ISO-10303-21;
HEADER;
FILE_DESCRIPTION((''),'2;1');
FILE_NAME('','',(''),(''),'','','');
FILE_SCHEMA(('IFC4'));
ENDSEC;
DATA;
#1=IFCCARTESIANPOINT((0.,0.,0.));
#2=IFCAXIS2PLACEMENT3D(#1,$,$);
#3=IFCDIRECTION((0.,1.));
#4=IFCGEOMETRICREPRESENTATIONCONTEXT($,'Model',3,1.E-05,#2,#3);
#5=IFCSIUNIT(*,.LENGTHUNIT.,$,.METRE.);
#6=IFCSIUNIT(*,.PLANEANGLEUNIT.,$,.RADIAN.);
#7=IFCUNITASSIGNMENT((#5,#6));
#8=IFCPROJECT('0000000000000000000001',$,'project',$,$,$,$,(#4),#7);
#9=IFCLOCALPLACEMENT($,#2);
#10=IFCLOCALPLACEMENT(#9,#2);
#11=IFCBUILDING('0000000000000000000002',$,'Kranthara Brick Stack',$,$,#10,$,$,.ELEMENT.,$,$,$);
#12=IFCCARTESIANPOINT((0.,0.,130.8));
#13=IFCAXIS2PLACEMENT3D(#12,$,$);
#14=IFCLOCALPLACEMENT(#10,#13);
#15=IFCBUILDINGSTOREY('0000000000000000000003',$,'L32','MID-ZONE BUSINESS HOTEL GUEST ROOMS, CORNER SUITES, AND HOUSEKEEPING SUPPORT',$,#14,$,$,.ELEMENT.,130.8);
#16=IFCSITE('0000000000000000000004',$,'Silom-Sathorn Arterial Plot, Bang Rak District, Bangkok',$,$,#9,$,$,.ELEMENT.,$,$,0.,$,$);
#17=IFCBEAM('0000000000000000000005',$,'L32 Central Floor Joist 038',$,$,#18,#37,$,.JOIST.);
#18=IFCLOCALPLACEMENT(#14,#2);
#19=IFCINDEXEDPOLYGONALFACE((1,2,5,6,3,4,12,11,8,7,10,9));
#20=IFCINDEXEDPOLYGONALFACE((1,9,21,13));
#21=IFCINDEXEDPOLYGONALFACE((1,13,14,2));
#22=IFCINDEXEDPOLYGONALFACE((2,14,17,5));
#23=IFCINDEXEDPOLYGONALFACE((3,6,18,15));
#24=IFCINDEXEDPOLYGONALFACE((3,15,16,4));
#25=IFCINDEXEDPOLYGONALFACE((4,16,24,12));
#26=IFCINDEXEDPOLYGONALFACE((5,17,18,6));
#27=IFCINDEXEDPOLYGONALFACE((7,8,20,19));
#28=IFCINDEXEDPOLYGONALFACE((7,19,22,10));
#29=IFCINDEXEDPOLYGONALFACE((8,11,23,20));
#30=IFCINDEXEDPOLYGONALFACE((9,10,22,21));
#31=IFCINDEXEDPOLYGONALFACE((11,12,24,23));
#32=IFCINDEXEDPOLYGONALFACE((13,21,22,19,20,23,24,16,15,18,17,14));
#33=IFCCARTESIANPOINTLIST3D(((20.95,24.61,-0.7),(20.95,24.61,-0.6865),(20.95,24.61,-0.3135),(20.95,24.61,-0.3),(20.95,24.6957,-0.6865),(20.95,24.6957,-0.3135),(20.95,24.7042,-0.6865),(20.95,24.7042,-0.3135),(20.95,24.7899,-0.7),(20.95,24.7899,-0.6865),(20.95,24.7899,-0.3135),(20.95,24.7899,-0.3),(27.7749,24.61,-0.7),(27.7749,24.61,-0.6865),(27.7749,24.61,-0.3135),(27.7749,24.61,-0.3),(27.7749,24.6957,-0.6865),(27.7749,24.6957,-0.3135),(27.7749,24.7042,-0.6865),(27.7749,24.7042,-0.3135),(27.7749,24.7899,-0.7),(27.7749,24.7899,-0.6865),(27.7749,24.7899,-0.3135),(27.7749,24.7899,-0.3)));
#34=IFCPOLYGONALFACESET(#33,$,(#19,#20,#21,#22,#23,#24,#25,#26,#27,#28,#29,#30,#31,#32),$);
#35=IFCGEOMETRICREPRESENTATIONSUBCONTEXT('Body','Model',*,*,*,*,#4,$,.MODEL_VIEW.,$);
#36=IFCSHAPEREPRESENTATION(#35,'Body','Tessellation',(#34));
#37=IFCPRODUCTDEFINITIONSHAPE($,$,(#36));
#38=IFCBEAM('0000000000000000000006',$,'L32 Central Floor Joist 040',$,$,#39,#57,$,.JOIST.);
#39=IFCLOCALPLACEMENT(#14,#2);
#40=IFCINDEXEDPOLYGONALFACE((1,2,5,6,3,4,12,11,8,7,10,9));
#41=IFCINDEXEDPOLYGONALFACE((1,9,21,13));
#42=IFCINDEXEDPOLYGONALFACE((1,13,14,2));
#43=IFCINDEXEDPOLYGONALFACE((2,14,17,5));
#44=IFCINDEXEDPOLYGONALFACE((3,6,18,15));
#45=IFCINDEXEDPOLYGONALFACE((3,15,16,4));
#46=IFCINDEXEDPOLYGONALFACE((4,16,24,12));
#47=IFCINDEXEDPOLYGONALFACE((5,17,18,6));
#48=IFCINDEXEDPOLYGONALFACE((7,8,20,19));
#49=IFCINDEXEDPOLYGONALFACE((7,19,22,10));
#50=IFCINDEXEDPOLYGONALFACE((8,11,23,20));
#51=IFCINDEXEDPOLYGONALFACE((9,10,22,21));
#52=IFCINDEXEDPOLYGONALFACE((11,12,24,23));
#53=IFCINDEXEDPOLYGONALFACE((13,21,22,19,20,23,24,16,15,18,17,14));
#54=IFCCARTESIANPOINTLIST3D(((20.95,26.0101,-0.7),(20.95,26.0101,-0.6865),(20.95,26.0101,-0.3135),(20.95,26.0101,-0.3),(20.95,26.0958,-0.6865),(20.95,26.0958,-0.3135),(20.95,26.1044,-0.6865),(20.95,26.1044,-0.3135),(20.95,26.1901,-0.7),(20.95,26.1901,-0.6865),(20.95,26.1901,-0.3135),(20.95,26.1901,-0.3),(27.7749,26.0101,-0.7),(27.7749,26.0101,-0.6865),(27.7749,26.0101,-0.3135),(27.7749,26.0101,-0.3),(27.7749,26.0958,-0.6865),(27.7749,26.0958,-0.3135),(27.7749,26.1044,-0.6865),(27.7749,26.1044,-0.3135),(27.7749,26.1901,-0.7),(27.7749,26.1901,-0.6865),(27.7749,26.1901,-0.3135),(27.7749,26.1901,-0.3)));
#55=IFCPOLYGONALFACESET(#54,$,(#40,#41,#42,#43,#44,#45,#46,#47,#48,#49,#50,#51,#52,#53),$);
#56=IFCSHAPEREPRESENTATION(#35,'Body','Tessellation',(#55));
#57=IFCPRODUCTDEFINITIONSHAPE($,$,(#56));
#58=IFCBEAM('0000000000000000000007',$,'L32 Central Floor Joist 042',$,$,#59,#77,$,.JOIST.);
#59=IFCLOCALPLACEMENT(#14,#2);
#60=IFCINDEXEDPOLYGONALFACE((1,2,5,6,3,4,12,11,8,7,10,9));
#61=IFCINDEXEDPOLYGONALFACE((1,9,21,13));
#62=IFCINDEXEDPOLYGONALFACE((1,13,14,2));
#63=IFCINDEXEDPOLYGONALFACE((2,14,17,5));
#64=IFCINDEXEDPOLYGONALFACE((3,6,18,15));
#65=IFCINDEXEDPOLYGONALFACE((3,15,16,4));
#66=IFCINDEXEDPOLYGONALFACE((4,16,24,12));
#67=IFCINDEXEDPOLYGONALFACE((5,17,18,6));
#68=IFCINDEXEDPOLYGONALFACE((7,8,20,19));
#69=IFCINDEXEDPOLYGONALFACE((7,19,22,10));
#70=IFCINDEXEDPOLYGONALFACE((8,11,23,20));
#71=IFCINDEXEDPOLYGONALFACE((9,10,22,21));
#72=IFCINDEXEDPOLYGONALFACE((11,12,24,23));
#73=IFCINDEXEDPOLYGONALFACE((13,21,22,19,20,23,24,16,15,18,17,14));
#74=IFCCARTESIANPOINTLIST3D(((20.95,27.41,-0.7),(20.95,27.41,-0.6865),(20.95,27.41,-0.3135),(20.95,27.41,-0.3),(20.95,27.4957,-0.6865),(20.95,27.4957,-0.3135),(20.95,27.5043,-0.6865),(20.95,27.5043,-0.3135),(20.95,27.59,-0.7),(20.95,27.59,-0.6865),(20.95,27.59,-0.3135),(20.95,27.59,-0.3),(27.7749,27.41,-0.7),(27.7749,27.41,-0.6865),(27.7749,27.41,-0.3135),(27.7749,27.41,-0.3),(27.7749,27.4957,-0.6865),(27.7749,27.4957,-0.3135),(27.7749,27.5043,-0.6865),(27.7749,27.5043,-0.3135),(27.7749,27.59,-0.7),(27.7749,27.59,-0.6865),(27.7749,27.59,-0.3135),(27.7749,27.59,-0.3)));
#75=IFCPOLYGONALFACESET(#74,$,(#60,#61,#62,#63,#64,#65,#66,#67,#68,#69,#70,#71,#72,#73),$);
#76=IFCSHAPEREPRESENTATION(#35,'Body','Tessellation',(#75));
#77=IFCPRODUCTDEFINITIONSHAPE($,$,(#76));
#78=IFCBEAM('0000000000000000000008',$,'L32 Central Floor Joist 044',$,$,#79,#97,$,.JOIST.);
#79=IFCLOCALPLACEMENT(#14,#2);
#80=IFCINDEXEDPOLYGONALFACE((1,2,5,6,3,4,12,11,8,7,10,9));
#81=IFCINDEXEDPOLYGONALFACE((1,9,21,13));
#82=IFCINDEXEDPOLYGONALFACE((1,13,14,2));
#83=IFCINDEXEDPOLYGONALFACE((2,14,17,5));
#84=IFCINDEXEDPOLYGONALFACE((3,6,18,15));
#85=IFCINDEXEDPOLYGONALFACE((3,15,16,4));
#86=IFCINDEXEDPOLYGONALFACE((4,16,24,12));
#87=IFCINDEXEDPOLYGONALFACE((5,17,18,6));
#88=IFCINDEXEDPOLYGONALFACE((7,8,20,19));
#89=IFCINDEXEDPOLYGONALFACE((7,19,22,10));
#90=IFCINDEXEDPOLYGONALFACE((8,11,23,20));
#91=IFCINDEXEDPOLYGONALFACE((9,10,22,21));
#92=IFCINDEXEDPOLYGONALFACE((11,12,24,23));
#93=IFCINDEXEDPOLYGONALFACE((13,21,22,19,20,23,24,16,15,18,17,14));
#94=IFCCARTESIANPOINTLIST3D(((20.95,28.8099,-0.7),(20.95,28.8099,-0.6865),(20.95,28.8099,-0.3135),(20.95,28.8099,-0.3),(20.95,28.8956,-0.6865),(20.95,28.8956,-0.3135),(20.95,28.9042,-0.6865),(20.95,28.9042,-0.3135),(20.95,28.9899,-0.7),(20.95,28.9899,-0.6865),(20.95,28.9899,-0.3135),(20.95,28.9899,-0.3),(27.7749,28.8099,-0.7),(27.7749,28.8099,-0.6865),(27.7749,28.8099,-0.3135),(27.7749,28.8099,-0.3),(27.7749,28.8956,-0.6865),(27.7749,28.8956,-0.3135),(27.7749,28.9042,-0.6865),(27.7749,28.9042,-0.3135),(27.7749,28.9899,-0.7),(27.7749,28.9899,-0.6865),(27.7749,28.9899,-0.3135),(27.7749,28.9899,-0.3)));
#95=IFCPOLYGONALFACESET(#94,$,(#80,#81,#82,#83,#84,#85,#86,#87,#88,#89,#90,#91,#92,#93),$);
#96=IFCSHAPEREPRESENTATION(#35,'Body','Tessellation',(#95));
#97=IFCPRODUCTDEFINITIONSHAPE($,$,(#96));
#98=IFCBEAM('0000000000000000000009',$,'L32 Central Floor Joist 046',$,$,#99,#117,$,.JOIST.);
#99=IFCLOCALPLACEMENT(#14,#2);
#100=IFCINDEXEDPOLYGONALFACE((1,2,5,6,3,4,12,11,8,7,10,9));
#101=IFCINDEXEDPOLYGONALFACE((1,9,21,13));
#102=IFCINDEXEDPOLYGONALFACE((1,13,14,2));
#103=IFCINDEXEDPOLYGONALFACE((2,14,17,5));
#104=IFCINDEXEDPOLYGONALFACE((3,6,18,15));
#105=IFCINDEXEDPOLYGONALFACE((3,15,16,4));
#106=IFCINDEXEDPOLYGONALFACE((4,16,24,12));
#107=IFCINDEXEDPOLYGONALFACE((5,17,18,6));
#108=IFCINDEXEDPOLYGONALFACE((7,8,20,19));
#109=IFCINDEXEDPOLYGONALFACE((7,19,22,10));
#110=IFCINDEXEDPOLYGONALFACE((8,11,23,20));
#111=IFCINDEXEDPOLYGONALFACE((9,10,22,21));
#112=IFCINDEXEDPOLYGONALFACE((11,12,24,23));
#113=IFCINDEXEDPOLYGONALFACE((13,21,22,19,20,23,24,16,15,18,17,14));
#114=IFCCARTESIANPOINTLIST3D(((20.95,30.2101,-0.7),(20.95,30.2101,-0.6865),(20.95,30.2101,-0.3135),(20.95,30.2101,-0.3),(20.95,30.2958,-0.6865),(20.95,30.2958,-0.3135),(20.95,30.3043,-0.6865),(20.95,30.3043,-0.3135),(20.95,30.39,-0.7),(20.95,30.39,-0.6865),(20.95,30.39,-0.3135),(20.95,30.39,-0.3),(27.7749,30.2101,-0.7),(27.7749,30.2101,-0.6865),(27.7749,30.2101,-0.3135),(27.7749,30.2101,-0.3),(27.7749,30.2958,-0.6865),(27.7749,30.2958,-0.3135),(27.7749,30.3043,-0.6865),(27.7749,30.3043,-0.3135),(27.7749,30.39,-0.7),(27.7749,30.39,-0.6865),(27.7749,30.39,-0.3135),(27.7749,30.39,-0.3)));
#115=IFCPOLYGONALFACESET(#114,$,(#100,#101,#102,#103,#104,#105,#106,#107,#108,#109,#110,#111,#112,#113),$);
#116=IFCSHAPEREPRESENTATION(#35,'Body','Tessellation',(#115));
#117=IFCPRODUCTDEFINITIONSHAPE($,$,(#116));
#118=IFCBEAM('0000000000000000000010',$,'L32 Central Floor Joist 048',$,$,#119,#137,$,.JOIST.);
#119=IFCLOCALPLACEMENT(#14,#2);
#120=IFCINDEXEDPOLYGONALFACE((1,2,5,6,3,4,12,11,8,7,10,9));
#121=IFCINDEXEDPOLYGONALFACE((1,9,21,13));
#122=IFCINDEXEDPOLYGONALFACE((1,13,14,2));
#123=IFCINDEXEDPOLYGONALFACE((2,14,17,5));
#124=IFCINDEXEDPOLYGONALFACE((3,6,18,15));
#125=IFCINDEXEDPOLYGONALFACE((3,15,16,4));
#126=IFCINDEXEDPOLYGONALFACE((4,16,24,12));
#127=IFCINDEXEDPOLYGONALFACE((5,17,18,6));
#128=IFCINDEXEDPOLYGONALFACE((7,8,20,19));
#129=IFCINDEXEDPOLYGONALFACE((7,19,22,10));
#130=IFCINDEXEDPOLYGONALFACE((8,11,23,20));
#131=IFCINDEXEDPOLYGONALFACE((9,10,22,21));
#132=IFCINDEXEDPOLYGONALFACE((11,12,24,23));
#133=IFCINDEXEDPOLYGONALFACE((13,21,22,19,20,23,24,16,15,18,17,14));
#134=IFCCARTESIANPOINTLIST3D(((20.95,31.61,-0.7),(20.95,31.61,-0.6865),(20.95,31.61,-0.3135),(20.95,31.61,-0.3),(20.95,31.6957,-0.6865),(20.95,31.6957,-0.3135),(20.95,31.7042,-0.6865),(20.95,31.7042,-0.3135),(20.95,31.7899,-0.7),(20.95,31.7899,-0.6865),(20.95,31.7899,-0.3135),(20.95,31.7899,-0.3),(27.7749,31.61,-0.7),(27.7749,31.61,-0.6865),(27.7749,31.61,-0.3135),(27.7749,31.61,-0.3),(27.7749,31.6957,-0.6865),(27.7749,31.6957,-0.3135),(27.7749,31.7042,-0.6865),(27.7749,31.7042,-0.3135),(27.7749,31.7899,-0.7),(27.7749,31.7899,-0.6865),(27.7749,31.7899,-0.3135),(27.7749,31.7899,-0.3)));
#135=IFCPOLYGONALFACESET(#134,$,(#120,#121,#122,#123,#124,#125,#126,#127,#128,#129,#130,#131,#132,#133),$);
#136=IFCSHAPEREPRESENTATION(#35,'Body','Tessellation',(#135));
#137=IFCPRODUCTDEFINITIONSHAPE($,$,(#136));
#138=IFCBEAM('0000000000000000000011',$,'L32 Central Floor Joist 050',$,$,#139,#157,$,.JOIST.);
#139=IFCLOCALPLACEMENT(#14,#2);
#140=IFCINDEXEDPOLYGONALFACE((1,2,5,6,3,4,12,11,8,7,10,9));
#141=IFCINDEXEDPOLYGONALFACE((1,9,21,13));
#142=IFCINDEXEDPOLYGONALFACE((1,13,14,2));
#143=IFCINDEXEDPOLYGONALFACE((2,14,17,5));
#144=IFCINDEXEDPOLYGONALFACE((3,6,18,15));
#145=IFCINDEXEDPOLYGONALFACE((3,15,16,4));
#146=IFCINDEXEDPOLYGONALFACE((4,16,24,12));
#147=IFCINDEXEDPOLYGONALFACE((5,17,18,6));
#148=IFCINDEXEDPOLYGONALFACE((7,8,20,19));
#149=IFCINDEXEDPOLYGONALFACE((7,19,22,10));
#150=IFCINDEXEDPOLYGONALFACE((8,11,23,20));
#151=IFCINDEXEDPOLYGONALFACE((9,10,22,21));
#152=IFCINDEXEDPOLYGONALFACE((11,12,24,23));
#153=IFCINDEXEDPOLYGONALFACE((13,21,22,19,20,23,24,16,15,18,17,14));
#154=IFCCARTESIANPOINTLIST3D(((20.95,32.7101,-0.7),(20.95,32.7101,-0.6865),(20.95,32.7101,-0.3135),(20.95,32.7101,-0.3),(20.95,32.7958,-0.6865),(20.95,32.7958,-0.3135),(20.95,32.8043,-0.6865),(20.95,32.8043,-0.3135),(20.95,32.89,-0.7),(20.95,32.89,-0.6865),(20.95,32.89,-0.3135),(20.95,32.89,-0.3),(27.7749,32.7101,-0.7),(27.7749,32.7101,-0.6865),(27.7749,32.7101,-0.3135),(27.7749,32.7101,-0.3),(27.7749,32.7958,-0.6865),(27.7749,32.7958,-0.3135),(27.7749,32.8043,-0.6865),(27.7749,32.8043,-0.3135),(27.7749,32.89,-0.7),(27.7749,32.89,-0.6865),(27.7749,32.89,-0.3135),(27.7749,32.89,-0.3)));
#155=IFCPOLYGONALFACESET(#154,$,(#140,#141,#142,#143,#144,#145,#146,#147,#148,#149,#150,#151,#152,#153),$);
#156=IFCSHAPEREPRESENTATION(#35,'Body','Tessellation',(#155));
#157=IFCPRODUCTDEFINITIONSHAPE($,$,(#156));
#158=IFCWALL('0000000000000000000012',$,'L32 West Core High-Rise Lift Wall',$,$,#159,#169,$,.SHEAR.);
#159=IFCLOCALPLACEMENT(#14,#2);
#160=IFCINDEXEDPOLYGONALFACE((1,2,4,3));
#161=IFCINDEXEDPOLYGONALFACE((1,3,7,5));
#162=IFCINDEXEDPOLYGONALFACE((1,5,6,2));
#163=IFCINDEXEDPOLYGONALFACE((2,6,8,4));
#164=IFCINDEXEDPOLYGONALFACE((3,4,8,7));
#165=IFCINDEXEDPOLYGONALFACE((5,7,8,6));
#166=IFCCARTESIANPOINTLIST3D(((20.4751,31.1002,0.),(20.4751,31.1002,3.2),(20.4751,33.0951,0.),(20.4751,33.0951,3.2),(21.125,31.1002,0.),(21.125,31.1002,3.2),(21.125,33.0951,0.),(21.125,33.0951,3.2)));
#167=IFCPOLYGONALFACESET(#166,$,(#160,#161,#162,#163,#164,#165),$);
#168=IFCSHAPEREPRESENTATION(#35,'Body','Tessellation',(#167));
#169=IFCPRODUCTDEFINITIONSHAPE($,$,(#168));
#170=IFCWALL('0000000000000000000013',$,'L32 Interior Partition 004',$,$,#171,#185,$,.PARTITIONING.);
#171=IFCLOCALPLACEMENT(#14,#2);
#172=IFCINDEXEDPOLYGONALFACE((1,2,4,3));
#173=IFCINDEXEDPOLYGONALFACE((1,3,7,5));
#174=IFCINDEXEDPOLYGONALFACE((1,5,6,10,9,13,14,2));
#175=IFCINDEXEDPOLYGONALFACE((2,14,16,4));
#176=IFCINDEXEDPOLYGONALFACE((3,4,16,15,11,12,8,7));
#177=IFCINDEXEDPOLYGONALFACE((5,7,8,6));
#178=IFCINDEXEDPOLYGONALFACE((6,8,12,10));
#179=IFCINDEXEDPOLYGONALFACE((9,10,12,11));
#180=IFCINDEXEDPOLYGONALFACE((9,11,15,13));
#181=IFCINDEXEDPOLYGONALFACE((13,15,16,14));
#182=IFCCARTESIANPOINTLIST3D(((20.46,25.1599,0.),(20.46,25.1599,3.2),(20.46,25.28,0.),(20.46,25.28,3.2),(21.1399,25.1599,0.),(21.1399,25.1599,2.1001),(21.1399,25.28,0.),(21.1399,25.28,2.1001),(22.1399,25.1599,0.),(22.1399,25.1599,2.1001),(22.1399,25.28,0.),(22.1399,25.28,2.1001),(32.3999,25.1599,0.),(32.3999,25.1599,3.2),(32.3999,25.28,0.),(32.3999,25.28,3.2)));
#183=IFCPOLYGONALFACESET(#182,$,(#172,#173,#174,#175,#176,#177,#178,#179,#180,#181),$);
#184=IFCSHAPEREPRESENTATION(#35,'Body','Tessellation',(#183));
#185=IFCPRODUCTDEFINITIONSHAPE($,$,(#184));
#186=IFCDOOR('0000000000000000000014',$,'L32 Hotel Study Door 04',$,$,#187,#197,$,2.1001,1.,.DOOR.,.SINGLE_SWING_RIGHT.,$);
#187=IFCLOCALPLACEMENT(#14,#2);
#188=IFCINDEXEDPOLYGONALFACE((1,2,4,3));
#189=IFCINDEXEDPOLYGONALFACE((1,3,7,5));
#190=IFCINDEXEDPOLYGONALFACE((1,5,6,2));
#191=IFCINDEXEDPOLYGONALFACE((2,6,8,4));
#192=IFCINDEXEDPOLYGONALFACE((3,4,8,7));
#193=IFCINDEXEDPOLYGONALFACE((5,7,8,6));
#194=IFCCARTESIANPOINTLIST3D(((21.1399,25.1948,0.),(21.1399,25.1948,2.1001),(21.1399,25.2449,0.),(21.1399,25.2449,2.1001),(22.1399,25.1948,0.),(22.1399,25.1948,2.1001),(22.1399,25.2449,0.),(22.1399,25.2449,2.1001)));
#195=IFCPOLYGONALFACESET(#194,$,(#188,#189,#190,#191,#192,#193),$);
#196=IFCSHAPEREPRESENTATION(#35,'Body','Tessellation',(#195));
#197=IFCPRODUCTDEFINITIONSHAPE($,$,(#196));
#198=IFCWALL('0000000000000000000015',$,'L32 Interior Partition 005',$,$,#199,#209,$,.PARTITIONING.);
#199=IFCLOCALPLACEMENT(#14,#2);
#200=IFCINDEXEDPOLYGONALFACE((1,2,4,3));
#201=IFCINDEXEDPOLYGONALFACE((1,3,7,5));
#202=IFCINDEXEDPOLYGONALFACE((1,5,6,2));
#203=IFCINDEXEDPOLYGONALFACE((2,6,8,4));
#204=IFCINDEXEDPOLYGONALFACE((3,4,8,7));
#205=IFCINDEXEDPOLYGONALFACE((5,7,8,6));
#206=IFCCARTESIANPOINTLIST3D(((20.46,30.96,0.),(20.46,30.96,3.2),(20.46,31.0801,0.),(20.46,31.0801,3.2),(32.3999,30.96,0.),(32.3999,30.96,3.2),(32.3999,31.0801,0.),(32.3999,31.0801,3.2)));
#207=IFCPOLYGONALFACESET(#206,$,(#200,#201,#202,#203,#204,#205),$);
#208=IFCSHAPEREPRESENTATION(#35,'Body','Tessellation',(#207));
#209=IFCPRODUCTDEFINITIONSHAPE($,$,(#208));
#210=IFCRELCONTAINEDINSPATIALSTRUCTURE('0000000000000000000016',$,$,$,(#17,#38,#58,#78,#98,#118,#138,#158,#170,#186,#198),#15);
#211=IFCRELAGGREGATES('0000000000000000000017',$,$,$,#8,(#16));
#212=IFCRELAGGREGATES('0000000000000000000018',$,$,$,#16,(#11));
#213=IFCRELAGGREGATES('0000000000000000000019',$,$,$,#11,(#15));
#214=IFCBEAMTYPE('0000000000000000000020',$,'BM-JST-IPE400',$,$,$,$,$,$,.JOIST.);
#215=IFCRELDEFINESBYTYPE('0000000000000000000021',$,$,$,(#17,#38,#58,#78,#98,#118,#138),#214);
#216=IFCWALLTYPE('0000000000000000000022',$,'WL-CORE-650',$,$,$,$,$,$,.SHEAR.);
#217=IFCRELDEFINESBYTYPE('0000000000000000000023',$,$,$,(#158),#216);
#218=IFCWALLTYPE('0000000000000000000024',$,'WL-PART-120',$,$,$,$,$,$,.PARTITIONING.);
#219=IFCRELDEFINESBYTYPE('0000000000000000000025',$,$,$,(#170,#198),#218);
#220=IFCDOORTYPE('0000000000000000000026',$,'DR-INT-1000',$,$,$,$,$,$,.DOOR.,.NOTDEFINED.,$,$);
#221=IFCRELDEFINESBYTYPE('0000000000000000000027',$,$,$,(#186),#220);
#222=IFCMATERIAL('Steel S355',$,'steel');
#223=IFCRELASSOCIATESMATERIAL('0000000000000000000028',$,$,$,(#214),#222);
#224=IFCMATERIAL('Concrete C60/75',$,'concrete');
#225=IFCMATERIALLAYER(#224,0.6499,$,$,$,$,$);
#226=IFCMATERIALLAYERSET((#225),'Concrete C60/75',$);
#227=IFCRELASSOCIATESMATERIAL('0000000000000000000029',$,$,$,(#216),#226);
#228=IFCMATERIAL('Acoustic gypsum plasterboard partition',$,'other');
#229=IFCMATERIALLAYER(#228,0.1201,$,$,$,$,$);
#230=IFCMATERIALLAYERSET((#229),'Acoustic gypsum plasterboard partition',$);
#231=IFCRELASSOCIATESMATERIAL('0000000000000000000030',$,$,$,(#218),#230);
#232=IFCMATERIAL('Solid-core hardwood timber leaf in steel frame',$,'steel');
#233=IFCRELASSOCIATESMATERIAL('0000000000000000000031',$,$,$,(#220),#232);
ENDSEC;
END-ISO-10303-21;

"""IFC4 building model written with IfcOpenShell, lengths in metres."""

from ifc_helpers import new_model, si_unit, direction, frame, frame_2d, origin, origin_2d, place, context, subcontext, project, spatial, rectangle, i_section, extrude, material, layer, layer_set, material_profile, profile_set, type_object, element, fill, save


model = new_model("IFC4")

# Units and contexts
model_context = context("Model", 3, precision=1e-05, world=origin(), true_north=direction((0.0, 1.0)))
body_context = subcontext(model_context, "Body", "Model", "MODEL_VIEW")
ifc_project = project(units=[si_unit("LENGTHUNIT", "METRE"), si_unit("PLANEANGLEUNIT", "RADIAN")], contexts=[model_context])

# Site, building, storey
site_placement = place(None, origin())
site = spatial("IfcSite", under=ifc_project, at=site_placement, Name="Silom-Sathorn Arterial Plot, Bang Rak District, Bangkok", CompositionType="ELEMENT", RefElevation=0.0)
building_placement = place(site_placement, origin())
building = spatial("IfcBuilding", under=site, at=building_placement, Name="Kranthara Brick Stack", CompositionType="ELEMENT")
storey_placement = place(building_placement, frame((0.0, 0.0, 130.8)))
storey = spatial("IfcBuildingStorey", under=building, at=storey_placement, Name="L32", Description="MID-ZONE BUSINESS HOTEL GUEST ROOMS, CORNER SUITES, AND HOUSEKEEPING SUPPORT", CompositionType="ELEMENT", Elevation=130.8)

# Beams
ifc_material_1 = material(Name="Steel S355", Category="steel")
ifc_material_profile = material_profile(ifc_material_1, i_section(OverallWidth=0.1799, OverallDepth=0.3999, WebThickness=0.0085, FlangeThickness=0.0134, at=origin_2d()), Name="IPE 400")
ifc_profile_set = profile_set([ifc_material_profile], Name="Steel S355")
beam_type = type_object("IfcBeamType", Name="BM-JST-IPE400", PredefinedType="JOIST", material=ifc_profile_set)
for number, where, z_axis, x_axis, name in (
    (1, (20.95, 24.7, -0.5), (1.0, 0.0, 0.0), (0.0, 1.0, 0.0), "L32 Central Floor Joist 038"),
    (2, (20.95, 26.1001, -0.5), (1.0, 0.0, 0.0), (0.0, 1.0, 0.0), "L32 Central Floor Joist 040"),
    (3, (20.95, 27.5, -0.5), (1.0, 0.0, 0.0), (0.0, 1.0, 0.0), "L32 Central Floor Joist 042"),
    (4, (20.95, 28.8999, -0.5), (1.0, 0.0, 0.0), (0.0, 1.0, 0.0), "L32 Central Floor Joist 044"),
    (5, (20.95, 30.3, -0.5), (1.0, 0.0, 0.0), (0.0, 1.0, 0.0), "L32 Central Floor Joist 046"),
    (6, (20.95, 31.7, -0.5), (1.0, 0.0, 0.0), (0.0, 1.0, 0.0), "L32 Central Floor Joist 048"),
    (7, (20.95, 32.8, -0.5), (1.0, 0.0, 0.0), (0.0, 1.0, 0.0), "L32 Central Floor Joist 050"),
):
    element("IfcBeam", number, at=place(storey_placement, frame(where, z_axis=z_axis, x_axis=x_axis)), inside=storey, type_object=beam_type, Name=name, PredefinedType="JOIST", context=body_context, shape_type="SweptSolid", body=[
        extrude(i_section(OverallWidth=0.1799, OverallDepth=0.3999, WebThickness=0.0085, FlangeThickness=0.0134, at=origin_2d()), origin(), (0.0, 0.0, 1.0), 6.825),
    ])

# Wall
ifc_material_2 = material(Name="Concrete C60/75", Category="concrete")
ifc_layer_1 = layer(ifc_material_2, 0.6499)
ifc_layer_set_1 = layer_set([ifc_layer_1], Name="Concrete C60/75")
wall_type_1 = type_object("IfcWallType", Name="WL-CORE-650", PredefinedType="SHEAR", material=ifc_layer_set_1)
wall_1_placement = place(storey_placement, frame((20.8, 31.1001, 0.0), z_axis=(0.0, 0.0, 1.0), x_axis=(0.0, 1.0, 0.0)))
element("IfcWall", 8, at=wall_1_placement, inside=storey, type_object=wall_type_1, Name="L32 West Core High-Rise Lift Wall", PredefinedType="SHEAR", context=body_context, shape_type="SweptSolid", body=[
    extrude(rectangle(XDim=1.9949, YDim=0.6499, at=frame_2d((0.9976, 0.0))), origin(), (0.0, 0.0, 1.0), 3.2),
])

# Wall, opening, door
ifc_material_3 = material(Name="Acoustic gypsum plasterboard partition", Category="other")
ifc_layer_2 = layer(ifc_material_3, 0.1201)
ifc_layer_set_2 = layer_set([ifc_layer_2], Name="Acoustic gypsum plasterboard partition")
wall_type_2 = type_object("IfcWallType", Name="WL-PART-120", PredefinedType="PARTITIONING", material=ifc_layer_set_2)
wall_2_placement = place(storey_placement, frame((20.46, 25.22, 0.0), z_axis=(0.0, 0.0, 1.0), x_axis=(1.0, 0.0, 0.0)))
wall_2 = element("IfcWall", 9, at=wall_2_placement, inside=storey, type_object=wall_type_2, Name="L32 Interior Partition 004", PredefinedType="PARTITIONING", context=body_context, shape_type="SweptSolid", body=[
    extrude(rectangle(XDim=11.9399, YDim=0.1201, at=frame_2d((5.97, 0.0))), origin(), (0.0, 0.0, 1.0), 3.2),
])
opening_placement = place(wall_2_placement, frame((0.6799, 0.0, 0.0)))
opening = element("IfcOpeningElement", 10, at=opening_placement, cuts=wall_2, PredefinedType="OPENING", context=body_context, shape_type="SweptSolid", body=[
    extrude(rectangle(XDim=1.0, YDim=2.1001, at=frame_2d((0.5, 1.05))), frame((0.0, 0.0701, 0.0), z_axis=(0.0, -1.0, 0.0), x_axis=(1.0, 0.0, 0.0)), (0.0, 0.0, 1.0), 0.1401),
])
ifc_material_4 = material(Name="Solid-core hardwood timber leaf in steel frame", Category="steel")
door_type = type_object("IfcDoorType", Name="DR-INT-1000", OperationType="NOTDEFINED", PredefinedType="DOOR", material=ifc_material_4)
door_placement = place(opening_placement, origin())
door = element("IfcDoor", 11, at=door_placement, inside=storey, type_object=door_type, Name="L32 Hotel Study Door 04", OperationType="SINGLE_SWING_RIGHT", OverallHeight=2.1001, OverallWidth=1.0, PredefinedType="DOOR", context=body_context, shape_type="SweptSolid", body=[
    extrude(rectangle(XDim=1.0, YDim=2.1001, at=frame_2d((0.5, 1.05))), frame((0.0, 0.0249, 0.0), z_axis=(0.0, -1.0, 0.0), x_axis=(1.0, 0.0, 0.0)), (0.0, 0.0, 1.0), 0.05),
])
fill(opening, door)

# Wall
wall_3_placement = place(storey_placement, frame((20.46, 31.02, 0.0), z_axis=(0.0, 0.0, 1.0), x_axis=(1.0, 0.0, 0.0)))
element("IfcWall", 12, at=wall_3_placement, inside=storey, type_object=wall_type_2, Name="L32 Interior Partition 005", PredefinedType="PARTITIONING", context=body_context, shape_type="SweptSolid", body=[
    extrude(rectangle(XDim=11.9399, YDim=0.1201, at=frame_2d((5.97, 0.0))), origin(), (0.0, 0.0, 1.0), 3.2),
])

save(model, "model.ifc")
